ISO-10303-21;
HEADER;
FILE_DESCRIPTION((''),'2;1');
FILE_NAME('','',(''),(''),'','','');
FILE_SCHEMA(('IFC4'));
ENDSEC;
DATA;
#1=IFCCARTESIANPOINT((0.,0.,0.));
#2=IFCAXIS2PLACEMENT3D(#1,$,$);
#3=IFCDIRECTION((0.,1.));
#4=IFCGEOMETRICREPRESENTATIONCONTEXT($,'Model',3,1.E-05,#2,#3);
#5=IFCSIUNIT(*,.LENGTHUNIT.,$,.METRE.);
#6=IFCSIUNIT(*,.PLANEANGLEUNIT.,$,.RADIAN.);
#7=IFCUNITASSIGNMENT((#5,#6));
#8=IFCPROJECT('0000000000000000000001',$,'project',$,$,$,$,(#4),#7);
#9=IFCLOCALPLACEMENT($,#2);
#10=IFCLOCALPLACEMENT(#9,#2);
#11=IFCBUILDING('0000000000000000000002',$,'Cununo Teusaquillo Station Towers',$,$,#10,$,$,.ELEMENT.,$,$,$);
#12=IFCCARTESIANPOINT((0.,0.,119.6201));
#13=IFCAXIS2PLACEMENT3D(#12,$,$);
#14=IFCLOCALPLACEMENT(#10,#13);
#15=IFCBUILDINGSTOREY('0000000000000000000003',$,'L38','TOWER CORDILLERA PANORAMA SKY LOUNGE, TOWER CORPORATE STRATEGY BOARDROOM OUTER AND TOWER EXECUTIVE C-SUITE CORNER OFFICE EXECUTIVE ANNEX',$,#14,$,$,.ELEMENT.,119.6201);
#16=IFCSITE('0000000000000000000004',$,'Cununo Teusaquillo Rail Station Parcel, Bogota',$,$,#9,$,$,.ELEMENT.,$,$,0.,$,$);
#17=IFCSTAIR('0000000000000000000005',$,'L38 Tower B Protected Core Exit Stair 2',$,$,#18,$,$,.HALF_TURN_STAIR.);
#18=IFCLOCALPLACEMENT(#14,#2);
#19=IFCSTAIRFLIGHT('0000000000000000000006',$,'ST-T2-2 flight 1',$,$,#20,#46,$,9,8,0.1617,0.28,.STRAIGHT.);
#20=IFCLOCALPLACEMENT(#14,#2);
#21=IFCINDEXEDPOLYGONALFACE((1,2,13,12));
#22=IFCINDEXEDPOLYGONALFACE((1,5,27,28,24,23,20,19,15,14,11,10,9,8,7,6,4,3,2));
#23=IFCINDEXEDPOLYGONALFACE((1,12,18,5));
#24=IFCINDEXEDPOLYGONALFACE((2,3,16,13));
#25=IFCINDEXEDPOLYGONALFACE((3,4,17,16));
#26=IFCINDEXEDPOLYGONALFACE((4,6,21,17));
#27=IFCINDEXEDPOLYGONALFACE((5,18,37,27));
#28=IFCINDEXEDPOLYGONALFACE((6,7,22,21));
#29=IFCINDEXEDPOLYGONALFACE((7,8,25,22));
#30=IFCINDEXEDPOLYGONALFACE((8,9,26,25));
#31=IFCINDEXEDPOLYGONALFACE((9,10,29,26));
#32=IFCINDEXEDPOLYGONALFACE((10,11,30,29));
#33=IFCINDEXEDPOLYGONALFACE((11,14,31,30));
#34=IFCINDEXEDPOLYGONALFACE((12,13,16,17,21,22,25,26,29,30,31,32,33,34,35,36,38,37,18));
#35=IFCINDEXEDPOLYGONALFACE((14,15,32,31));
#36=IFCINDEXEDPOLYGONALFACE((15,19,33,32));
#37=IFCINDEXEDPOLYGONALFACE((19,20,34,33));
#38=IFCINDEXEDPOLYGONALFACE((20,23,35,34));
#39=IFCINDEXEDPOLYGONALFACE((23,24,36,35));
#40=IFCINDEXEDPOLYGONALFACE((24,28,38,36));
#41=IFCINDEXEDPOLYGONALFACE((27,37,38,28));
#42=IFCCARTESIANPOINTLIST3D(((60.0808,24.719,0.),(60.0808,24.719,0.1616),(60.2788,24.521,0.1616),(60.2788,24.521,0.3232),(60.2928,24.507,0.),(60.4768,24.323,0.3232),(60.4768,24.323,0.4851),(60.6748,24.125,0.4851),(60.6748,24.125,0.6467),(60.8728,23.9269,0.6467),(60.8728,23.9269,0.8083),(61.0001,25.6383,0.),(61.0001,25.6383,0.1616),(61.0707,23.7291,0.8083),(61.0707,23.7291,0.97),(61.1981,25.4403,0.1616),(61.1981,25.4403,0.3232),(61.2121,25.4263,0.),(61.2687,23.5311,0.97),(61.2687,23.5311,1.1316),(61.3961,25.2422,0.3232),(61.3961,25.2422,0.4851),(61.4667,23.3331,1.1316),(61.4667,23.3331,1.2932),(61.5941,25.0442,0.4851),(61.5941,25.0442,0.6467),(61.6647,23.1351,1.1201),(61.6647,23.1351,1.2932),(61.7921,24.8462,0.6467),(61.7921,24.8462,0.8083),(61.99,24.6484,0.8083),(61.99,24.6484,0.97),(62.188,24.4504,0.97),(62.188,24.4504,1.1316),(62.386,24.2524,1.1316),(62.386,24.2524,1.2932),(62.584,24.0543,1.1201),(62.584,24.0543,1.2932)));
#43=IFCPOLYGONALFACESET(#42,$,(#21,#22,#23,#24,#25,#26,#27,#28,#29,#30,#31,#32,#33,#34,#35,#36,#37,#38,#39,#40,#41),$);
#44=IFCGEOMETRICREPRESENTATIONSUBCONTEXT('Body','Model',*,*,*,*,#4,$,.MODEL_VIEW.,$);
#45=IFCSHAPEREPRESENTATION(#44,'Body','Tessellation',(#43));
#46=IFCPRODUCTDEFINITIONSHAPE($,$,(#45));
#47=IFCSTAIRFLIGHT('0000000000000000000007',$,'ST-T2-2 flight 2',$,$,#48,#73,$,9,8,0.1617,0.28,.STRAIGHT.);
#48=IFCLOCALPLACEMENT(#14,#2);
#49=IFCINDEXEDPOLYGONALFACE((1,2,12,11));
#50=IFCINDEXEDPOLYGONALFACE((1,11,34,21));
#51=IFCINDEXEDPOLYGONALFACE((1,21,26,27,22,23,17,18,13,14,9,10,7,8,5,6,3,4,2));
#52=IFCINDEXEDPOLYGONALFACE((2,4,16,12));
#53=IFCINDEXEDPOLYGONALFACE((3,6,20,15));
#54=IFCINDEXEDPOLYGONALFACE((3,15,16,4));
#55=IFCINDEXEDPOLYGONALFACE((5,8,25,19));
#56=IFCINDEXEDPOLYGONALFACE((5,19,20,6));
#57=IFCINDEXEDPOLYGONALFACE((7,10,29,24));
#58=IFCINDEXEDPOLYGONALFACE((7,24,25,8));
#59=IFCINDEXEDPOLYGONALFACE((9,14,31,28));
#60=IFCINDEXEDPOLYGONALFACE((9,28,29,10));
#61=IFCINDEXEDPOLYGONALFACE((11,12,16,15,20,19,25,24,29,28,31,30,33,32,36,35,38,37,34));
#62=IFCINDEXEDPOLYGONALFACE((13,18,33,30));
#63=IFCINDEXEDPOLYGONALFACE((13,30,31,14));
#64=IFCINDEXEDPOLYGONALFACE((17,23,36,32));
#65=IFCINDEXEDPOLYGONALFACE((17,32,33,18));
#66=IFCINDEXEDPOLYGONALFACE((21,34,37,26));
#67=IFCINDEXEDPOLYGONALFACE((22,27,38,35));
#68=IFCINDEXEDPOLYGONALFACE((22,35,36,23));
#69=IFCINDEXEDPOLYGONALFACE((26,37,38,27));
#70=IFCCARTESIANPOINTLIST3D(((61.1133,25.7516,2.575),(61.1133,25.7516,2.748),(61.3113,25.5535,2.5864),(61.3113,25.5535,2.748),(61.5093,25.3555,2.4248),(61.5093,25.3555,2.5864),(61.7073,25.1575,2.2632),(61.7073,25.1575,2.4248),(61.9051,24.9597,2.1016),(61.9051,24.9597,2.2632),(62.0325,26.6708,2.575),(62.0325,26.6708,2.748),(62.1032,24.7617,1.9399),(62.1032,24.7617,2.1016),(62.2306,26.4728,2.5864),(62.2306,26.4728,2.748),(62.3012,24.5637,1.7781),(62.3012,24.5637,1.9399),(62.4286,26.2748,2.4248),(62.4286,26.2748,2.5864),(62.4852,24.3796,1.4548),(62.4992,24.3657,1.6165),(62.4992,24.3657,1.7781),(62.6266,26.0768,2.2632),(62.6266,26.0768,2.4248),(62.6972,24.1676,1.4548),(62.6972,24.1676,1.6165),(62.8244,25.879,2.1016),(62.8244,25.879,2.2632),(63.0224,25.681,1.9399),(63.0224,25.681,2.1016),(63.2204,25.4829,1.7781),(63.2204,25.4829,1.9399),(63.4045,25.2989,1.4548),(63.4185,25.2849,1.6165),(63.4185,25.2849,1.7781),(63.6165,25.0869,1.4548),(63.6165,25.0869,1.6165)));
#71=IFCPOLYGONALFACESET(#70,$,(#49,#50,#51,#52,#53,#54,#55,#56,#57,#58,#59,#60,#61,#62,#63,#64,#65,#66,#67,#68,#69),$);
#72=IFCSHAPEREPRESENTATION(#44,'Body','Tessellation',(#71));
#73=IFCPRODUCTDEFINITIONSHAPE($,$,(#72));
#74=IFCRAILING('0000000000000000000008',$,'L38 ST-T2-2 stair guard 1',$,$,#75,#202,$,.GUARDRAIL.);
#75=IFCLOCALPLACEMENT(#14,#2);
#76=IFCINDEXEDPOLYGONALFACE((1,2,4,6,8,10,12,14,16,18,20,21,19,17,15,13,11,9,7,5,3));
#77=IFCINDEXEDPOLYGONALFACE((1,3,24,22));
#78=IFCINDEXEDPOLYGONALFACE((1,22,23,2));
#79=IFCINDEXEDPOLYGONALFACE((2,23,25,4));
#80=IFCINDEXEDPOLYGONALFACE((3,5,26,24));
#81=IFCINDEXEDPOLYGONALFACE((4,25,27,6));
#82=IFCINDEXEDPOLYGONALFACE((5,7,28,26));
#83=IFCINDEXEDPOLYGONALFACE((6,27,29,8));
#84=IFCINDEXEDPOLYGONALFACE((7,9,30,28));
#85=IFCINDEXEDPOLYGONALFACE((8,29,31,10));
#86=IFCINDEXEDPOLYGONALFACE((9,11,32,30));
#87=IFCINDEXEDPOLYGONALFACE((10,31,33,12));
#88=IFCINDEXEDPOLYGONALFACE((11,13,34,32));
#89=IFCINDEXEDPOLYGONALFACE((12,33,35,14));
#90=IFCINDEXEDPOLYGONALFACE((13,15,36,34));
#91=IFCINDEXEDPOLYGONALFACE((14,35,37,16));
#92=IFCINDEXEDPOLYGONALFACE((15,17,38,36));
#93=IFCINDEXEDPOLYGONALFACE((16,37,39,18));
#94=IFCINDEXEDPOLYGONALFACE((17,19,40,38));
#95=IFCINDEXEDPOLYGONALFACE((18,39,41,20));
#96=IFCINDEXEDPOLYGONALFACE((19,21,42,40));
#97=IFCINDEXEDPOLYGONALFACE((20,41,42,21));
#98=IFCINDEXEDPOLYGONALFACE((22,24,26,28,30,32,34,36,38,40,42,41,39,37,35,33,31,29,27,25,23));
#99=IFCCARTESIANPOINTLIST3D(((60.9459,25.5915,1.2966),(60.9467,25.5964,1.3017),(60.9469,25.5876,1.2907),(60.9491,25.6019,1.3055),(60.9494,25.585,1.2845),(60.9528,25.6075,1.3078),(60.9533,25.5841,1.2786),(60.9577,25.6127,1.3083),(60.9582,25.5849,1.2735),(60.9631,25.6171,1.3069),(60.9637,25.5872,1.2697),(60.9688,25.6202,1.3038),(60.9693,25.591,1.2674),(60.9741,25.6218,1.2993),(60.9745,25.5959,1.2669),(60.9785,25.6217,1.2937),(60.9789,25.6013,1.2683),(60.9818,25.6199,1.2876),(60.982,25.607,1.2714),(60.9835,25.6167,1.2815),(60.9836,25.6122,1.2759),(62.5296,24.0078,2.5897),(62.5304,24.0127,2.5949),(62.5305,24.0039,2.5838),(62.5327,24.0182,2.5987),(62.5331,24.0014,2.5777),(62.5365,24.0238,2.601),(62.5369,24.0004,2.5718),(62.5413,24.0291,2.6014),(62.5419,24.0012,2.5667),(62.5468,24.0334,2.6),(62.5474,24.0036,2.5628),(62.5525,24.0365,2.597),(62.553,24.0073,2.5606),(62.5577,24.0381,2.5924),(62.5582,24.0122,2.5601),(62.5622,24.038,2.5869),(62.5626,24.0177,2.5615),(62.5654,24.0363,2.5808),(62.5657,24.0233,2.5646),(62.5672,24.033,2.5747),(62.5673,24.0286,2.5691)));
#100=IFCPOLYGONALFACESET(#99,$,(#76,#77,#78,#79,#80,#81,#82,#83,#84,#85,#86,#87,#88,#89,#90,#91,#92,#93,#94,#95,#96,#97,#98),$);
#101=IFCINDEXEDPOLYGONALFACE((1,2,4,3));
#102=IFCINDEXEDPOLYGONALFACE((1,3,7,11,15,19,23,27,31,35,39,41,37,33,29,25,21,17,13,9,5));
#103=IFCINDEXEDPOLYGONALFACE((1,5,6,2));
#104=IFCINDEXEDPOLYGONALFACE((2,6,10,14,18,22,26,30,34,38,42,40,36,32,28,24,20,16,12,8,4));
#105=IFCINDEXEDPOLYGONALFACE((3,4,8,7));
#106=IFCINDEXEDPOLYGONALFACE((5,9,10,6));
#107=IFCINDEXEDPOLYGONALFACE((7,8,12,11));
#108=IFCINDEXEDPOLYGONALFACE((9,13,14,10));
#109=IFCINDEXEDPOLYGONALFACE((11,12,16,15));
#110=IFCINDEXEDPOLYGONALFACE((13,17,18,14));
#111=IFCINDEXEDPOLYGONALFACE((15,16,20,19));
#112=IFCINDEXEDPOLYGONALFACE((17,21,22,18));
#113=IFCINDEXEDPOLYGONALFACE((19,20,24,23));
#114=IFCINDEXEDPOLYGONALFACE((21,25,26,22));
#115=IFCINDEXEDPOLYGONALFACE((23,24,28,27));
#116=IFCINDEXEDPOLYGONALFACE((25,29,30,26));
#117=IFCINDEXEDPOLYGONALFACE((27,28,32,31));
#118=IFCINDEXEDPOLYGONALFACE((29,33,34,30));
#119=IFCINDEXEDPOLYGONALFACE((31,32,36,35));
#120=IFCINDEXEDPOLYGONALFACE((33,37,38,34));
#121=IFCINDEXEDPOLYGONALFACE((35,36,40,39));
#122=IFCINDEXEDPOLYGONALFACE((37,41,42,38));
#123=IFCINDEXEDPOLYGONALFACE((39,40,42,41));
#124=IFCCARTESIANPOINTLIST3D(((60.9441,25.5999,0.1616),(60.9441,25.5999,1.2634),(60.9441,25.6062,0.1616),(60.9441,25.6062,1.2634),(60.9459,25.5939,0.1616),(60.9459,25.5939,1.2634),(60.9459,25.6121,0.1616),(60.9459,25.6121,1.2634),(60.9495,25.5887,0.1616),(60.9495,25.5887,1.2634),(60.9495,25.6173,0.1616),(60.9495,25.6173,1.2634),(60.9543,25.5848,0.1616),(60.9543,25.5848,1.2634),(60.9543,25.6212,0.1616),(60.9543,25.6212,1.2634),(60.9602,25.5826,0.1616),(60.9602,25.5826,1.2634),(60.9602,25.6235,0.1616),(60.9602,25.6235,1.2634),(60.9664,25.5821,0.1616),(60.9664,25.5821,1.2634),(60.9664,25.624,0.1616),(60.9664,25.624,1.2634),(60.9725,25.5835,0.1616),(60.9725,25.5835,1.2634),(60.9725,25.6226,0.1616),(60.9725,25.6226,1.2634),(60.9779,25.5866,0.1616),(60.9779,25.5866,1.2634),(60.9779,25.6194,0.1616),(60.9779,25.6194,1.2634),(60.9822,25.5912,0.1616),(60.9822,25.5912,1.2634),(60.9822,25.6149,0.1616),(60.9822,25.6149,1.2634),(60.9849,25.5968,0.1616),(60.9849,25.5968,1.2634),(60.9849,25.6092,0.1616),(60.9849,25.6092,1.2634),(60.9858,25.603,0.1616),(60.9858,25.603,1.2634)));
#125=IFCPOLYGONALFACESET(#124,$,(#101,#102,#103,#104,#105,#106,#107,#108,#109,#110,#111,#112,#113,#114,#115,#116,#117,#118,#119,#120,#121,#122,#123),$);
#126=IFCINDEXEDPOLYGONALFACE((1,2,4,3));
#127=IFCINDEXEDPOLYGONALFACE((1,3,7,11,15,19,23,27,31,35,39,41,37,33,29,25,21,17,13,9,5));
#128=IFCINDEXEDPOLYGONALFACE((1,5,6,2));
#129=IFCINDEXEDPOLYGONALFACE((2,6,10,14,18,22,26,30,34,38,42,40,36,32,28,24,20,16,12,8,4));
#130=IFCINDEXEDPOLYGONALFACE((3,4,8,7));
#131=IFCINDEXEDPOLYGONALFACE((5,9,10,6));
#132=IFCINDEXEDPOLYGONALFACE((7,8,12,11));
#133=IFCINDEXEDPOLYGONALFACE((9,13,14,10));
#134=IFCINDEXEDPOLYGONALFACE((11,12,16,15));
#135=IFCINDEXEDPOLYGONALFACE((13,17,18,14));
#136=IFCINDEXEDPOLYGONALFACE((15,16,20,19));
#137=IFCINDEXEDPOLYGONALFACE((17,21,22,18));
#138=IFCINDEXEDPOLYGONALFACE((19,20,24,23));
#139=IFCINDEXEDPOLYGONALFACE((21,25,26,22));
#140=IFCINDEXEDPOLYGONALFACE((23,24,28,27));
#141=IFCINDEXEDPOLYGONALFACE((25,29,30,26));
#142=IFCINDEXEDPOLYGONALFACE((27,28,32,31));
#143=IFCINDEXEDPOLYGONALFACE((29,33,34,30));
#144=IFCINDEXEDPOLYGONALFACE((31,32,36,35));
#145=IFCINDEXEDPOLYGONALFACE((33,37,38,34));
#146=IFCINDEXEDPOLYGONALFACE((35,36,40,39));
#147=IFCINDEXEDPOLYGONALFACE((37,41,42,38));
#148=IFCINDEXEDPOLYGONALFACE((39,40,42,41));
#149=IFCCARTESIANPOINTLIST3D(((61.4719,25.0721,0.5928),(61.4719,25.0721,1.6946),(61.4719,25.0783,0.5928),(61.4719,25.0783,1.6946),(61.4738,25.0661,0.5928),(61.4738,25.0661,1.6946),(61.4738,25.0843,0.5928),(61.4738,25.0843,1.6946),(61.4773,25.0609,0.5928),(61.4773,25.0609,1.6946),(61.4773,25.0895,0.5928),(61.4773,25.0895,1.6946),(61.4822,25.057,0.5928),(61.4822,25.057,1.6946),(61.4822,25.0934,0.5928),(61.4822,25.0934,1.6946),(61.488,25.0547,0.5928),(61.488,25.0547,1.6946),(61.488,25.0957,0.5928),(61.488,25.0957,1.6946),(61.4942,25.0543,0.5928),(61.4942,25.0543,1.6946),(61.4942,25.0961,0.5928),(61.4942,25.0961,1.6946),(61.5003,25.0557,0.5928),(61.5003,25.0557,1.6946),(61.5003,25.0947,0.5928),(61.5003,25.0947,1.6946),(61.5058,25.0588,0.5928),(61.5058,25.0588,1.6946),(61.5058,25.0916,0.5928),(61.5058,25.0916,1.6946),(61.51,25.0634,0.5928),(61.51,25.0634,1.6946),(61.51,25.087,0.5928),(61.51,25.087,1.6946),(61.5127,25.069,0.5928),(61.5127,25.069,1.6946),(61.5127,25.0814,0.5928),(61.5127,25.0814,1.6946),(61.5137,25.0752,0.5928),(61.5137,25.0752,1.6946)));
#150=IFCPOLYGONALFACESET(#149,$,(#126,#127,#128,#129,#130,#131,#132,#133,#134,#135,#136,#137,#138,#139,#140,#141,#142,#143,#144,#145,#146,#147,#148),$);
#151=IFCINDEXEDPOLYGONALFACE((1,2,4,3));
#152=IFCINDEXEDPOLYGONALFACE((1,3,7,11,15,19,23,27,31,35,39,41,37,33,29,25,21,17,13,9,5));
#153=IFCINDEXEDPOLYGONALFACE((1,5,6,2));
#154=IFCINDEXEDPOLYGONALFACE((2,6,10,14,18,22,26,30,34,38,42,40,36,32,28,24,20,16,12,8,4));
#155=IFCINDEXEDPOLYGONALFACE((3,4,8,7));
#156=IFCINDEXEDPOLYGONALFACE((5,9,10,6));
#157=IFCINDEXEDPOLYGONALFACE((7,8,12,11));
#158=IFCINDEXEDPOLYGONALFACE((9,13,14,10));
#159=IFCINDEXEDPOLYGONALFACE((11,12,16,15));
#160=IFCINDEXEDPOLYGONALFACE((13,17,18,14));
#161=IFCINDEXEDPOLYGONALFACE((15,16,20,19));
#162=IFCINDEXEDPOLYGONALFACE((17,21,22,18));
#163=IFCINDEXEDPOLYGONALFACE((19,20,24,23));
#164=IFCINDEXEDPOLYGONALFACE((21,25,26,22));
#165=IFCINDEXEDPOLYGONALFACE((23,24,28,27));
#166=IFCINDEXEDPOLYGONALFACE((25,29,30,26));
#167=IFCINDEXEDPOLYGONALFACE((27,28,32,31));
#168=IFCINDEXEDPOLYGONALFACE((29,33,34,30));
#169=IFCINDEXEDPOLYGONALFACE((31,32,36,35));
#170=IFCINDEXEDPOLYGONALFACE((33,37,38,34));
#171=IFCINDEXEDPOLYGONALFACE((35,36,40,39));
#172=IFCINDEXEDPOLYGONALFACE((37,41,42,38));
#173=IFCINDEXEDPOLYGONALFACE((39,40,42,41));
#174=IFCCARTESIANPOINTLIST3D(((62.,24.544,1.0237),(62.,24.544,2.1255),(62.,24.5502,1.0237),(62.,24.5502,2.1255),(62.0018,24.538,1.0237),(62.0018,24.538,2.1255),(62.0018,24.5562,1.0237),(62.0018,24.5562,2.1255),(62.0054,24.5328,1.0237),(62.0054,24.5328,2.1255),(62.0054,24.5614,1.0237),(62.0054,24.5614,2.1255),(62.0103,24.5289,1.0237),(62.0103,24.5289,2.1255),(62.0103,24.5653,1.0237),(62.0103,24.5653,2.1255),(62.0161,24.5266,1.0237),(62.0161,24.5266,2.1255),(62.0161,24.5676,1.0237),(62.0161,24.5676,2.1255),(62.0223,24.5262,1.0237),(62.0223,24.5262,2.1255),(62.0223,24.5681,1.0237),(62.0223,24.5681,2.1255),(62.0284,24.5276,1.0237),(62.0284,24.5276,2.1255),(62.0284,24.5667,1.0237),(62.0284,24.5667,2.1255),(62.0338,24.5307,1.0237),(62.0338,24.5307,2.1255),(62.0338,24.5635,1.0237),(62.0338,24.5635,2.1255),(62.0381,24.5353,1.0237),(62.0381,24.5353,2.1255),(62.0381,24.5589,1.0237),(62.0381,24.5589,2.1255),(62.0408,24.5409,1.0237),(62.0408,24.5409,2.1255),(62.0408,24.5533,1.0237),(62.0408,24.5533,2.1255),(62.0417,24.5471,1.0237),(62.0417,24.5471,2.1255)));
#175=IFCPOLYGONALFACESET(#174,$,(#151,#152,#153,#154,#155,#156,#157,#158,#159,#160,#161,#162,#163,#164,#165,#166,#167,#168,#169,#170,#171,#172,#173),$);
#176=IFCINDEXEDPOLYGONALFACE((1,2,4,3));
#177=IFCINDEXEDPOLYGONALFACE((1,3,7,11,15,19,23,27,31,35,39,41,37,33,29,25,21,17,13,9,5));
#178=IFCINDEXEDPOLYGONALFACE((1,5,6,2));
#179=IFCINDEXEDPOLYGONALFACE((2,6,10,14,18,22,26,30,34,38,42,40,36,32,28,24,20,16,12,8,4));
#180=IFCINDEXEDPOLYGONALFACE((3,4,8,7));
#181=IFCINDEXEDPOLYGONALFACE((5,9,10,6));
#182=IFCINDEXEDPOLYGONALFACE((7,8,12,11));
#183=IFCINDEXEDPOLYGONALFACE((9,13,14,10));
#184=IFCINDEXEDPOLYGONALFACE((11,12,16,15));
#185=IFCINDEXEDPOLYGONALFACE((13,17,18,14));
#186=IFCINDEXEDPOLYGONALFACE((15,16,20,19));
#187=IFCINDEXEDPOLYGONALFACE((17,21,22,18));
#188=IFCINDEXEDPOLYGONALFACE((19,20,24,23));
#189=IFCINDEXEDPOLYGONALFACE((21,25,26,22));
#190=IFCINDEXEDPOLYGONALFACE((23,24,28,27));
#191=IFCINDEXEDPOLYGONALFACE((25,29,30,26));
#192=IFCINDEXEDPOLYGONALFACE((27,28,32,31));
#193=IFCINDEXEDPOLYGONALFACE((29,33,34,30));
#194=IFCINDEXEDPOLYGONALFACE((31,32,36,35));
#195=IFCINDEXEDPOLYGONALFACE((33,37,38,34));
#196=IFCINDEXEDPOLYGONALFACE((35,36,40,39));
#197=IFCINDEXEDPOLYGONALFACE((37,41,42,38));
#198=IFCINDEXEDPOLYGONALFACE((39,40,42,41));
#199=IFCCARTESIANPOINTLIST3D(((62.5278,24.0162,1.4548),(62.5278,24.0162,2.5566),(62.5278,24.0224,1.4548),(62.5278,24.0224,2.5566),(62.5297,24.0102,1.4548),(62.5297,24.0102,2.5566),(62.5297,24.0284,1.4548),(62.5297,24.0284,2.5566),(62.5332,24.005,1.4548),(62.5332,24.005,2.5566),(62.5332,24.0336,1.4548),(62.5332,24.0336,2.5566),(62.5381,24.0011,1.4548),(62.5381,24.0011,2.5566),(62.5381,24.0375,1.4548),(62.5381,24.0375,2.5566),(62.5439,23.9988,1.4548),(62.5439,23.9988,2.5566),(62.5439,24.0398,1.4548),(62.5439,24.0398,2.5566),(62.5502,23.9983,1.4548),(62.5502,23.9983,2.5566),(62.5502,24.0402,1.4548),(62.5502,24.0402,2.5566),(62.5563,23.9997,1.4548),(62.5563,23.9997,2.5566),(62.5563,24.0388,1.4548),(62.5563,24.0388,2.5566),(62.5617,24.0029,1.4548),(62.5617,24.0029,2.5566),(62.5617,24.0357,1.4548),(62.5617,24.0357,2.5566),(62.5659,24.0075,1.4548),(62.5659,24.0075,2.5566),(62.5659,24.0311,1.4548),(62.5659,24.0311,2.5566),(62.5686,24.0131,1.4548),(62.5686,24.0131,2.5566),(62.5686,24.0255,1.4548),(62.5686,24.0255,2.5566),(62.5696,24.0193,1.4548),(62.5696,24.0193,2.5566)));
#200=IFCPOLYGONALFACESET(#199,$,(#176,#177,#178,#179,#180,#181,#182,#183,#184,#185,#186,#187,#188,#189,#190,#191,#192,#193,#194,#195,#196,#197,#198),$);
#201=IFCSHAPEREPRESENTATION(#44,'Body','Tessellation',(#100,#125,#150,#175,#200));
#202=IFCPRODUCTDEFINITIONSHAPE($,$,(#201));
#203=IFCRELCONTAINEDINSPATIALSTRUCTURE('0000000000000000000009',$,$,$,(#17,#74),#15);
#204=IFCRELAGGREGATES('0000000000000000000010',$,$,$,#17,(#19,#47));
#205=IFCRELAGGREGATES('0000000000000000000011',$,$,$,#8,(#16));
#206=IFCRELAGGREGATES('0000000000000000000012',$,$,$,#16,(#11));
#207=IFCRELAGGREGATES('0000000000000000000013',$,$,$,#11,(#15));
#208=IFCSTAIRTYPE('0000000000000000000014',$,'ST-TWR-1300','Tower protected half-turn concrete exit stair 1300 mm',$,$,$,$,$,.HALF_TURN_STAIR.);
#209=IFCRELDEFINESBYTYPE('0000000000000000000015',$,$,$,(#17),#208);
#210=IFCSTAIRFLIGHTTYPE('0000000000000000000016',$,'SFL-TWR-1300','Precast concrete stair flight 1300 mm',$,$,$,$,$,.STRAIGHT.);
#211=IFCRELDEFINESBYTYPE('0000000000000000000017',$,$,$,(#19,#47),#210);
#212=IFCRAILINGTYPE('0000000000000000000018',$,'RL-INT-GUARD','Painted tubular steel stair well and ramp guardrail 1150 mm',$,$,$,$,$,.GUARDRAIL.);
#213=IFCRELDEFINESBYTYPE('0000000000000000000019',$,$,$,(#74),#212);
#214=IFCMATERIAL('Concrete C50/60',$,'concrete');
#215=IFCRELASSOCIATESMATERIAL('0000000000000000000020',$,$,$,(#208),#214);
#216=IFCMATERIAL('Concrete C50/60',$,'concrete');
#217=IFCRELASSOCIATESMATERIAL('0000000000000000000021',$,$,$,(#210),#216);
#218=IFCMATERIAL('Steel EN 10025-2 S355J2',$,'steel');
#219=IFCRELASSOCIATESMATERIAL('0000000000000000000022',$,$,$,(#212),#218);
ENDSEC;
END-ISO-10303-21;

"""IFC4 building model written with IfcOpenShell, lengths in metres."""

from ifc_helpers import new_model, si_unit, direction, frame, origin, origin_2d, place, context, subcontext, project, spatial, polyline, circle, outline, extrude, material, type_object, element, aggregate, save


model = new_model("IFC4")

# Units and contexts
model_context = context("Model", 3, precision=1e-05, world=origin(), true_north=direction((0.0, 1.0)))
body_context = subcontext(model_context, "Body", "Model", "MODEL_VIEW")
ifc_project = project(units=[si_unit("LENGTHUNIT", "METRE"), si_unit("PLANEANGLEUNIT", "RADIAN")], contexts=[model_context])

# Site, building, storey
site_placement = place(None, origin())
site = spatial("IfcSite", under=ifc_project, at=site_placement, Name="Cununo Teusaquillo Rail Station Parcel, Bogota", CompositionType="ELEMENT", RefElevation=0.0)
building_placement = place(site_placement, origin())
building = spatial("IfcBuilding", under=site, at=building_placement, Name="Cununo Teusaquillo Station Towers", CompositionType="ELEMENT")
storey_placement = place(building_placement, frame((0.0, 0.0, 119.6201)))
storey = spatial("IfcBuildingStorey", under=building, at=storey_placement, Name="L38", Description="TOWER CORDILLERA PANORAMA SKY LOUNGE, TOWER CORPORATE STRATEGY BOARDROOM OUTER AND TOWER EXECUTIVE C-SUITE CORNER OFFICE EXECUTIVE ANNEX", CompositionType="ELEMENT", Elevation=119.6201)

# Stair, stair flights
ifc_material_1 = material(Name="Concrete C50/60", Category="concrete")
stair_type = type_object("IfcStairType", Name="ST-TWR-1300", Description="Tower protected half-turn concrete exit stair 1300 mm", PredefinedType="HALF_TURN_STAIR", material=ifc_material_1)
stair_placement = place(storey_placement, origin())
stair = element("IfcStair", 1, at=stair_placement, inside=storey, type_object=stair_type, Name="L38 Tower B Protected Core Exit Stair 2", PredefinedType="HALF_TURN_STAIR")
ifc_material_2 = material(Name="Concrete C50/60", Category="concrete")
stair_flight_type = type_object("IfcStairFlightType", Name="SFL-TWR-1300", Description="Precast concrete stair flight 1300 mm", PredefinedType="STRAIGHT", material=ifc_material_2)
stair_flight_1_placement = place(storey_placement, frame((60.5405, 25.1787, 0.0), z_axis=(0.0, 0.0, 1.0), x_axis=(0.707107, -0.707107, 0.0)))
stair_flight_1 = element("IfcStairFlight", 2, at=stair_flight_1_placement, type_object=stair_flight_type, Name="ST-T2-2 flight 1", NumberOfRisers=9, NumberOfTreads=8, PredefinedType="STRAIGHT", RiserHeight=0.1617, TreadLength=0.28, context=body_context, shape_type="SweptSolid", body=[
    extrude(outline(polyline([(0.0, 0.0), (0.0, 0.1616), (0.28, 0.1616), (0.28, 0.3232), (0.5601, 0.3232), (0.5601, 0.4851), (0.8401, 0.4851), (0.8401, 0.6467), (1.1201, 0.6467), (1.1201, 0.8083), (1.3999, 0.8083), (1.3999, 0.97), (1.6799, 0.97), (1.6799, 1.1316), (1.96, 1.1316), (1.96, 1.2932), (2.24, 1.2932), (2.24, 1.4551), (2.24, 1.1201), (0.2998, 0.0), (0.0, 0.0)])), frame((0.0, 0.6499, 0.0), z_axis=(0.0, -1.0, 0.0), x_axis=(1.0, 0.0, 0.0)), (0.0, 0.0, 1.0), 1.3),
])
stair_flight_2_placement = place(storey_placement, frame((63.1567, 24.6272, 1.4548), z_axis=(0.0, 0.0, 1.0), x_axis=(-0.707107, 0.707107, 0.0)))
stair_flight_2 = element("IfcStairFlight", 3, at=stair_flight_2_placement, type_object=stair_flight_type, Name="ST-T2-2 flight 2", NumberOfRisers=9, NumberOfTreads=8, PredefinedType="STRAIGHT", RiserHeight=0.1617, TreadLength=0.28, context=body_context, shape_type="SweptSolid", body=[
    extrude(outline(polyline([(0.0, 0.0), (0.0, 0.1616), (0.28, 0.1616), (0.28, 0.3232), (0.5601, 0.3232), (0.5601, 0.4851), (0.8401, 0.4851), (0.8401, 0.6467), (1.1201, 0.6467), (1.1201, 0.8083), (1.3999, 0.8083), (1.3999, 0.97), (1.6799, 0.97), (1.6799, 1.1316), (1.96, 1.1316), (1.96, 1.2932), (2.24, 1.2932), (2.24, 1.4551), (2.24, 1.1201), (0.2998, 0.0), (0.0, 0.0)])), frame((0.0, 0.6499, 0.0), z_axis=(0.0, -1.0, 0.0), x_axis=(1.0, 0.0, 0.0)), (0.0, 0.0, 1.0), 1.3),
])
aggregate(stair, [stair_flight_1, stair_flight_2])

# Railing
ifc_material_3 = material(Name="Steel EN 10025-2 S355J2", Category="steel")
railing_type_1 = type_object("IfcRailingType", Name="RL-INT-GUARD", Description="Painted tubular steel stair well and ramp guardrail 1150 mm", PredefinedType="GUARDRAIL", material=ifc_material_3)
railing_1_placement = place(storey_placement, frame((60.9648, 25.603, 0.1616)))
element("IfcRailing", 4, at=railing_1_placement, inside=storey, type_object=railing_type_1, Name="L38 ST-T2-2 stair guard 1", PredefinedType="GUARDRAIL", context=body_context, shape_type="SweptSolid", body=[
    extrude(circle(Radius=0.0239, at=origin_2d()), frame((0.0, 0.0, 1.126), z_axis=(0.612361, -0.612361, 0.500027), x_axis=(0.707107, 0.707107, 0.0)), (0.0, 0.0, 1.0), 2.5862),
    extrude(circle(Radius=0.021, at=origin_2d()), origin(), (0.0, 0.0, 1.0), 1.1018),
    extrude(circle(Radius=0.021, at=origin_2d()), frame((0.5278, -0.5278, 0.4312)), (0.0, 0.0, 1.0), 1.1018),
    extrude(circle(Radius=0.021, at=origin_2d()), frame((1.0559, -1.0559, 0.8621)), (0.0, 0.0, 1.0), 1.1018),
    extrude(circle(Radius=0.021, at=origin_2d()), frame((1.5837, -1.5837, 1.2932)), (0.0, 0.0, 1.0), 1.1018),
])

save(model, "model.ifc")
